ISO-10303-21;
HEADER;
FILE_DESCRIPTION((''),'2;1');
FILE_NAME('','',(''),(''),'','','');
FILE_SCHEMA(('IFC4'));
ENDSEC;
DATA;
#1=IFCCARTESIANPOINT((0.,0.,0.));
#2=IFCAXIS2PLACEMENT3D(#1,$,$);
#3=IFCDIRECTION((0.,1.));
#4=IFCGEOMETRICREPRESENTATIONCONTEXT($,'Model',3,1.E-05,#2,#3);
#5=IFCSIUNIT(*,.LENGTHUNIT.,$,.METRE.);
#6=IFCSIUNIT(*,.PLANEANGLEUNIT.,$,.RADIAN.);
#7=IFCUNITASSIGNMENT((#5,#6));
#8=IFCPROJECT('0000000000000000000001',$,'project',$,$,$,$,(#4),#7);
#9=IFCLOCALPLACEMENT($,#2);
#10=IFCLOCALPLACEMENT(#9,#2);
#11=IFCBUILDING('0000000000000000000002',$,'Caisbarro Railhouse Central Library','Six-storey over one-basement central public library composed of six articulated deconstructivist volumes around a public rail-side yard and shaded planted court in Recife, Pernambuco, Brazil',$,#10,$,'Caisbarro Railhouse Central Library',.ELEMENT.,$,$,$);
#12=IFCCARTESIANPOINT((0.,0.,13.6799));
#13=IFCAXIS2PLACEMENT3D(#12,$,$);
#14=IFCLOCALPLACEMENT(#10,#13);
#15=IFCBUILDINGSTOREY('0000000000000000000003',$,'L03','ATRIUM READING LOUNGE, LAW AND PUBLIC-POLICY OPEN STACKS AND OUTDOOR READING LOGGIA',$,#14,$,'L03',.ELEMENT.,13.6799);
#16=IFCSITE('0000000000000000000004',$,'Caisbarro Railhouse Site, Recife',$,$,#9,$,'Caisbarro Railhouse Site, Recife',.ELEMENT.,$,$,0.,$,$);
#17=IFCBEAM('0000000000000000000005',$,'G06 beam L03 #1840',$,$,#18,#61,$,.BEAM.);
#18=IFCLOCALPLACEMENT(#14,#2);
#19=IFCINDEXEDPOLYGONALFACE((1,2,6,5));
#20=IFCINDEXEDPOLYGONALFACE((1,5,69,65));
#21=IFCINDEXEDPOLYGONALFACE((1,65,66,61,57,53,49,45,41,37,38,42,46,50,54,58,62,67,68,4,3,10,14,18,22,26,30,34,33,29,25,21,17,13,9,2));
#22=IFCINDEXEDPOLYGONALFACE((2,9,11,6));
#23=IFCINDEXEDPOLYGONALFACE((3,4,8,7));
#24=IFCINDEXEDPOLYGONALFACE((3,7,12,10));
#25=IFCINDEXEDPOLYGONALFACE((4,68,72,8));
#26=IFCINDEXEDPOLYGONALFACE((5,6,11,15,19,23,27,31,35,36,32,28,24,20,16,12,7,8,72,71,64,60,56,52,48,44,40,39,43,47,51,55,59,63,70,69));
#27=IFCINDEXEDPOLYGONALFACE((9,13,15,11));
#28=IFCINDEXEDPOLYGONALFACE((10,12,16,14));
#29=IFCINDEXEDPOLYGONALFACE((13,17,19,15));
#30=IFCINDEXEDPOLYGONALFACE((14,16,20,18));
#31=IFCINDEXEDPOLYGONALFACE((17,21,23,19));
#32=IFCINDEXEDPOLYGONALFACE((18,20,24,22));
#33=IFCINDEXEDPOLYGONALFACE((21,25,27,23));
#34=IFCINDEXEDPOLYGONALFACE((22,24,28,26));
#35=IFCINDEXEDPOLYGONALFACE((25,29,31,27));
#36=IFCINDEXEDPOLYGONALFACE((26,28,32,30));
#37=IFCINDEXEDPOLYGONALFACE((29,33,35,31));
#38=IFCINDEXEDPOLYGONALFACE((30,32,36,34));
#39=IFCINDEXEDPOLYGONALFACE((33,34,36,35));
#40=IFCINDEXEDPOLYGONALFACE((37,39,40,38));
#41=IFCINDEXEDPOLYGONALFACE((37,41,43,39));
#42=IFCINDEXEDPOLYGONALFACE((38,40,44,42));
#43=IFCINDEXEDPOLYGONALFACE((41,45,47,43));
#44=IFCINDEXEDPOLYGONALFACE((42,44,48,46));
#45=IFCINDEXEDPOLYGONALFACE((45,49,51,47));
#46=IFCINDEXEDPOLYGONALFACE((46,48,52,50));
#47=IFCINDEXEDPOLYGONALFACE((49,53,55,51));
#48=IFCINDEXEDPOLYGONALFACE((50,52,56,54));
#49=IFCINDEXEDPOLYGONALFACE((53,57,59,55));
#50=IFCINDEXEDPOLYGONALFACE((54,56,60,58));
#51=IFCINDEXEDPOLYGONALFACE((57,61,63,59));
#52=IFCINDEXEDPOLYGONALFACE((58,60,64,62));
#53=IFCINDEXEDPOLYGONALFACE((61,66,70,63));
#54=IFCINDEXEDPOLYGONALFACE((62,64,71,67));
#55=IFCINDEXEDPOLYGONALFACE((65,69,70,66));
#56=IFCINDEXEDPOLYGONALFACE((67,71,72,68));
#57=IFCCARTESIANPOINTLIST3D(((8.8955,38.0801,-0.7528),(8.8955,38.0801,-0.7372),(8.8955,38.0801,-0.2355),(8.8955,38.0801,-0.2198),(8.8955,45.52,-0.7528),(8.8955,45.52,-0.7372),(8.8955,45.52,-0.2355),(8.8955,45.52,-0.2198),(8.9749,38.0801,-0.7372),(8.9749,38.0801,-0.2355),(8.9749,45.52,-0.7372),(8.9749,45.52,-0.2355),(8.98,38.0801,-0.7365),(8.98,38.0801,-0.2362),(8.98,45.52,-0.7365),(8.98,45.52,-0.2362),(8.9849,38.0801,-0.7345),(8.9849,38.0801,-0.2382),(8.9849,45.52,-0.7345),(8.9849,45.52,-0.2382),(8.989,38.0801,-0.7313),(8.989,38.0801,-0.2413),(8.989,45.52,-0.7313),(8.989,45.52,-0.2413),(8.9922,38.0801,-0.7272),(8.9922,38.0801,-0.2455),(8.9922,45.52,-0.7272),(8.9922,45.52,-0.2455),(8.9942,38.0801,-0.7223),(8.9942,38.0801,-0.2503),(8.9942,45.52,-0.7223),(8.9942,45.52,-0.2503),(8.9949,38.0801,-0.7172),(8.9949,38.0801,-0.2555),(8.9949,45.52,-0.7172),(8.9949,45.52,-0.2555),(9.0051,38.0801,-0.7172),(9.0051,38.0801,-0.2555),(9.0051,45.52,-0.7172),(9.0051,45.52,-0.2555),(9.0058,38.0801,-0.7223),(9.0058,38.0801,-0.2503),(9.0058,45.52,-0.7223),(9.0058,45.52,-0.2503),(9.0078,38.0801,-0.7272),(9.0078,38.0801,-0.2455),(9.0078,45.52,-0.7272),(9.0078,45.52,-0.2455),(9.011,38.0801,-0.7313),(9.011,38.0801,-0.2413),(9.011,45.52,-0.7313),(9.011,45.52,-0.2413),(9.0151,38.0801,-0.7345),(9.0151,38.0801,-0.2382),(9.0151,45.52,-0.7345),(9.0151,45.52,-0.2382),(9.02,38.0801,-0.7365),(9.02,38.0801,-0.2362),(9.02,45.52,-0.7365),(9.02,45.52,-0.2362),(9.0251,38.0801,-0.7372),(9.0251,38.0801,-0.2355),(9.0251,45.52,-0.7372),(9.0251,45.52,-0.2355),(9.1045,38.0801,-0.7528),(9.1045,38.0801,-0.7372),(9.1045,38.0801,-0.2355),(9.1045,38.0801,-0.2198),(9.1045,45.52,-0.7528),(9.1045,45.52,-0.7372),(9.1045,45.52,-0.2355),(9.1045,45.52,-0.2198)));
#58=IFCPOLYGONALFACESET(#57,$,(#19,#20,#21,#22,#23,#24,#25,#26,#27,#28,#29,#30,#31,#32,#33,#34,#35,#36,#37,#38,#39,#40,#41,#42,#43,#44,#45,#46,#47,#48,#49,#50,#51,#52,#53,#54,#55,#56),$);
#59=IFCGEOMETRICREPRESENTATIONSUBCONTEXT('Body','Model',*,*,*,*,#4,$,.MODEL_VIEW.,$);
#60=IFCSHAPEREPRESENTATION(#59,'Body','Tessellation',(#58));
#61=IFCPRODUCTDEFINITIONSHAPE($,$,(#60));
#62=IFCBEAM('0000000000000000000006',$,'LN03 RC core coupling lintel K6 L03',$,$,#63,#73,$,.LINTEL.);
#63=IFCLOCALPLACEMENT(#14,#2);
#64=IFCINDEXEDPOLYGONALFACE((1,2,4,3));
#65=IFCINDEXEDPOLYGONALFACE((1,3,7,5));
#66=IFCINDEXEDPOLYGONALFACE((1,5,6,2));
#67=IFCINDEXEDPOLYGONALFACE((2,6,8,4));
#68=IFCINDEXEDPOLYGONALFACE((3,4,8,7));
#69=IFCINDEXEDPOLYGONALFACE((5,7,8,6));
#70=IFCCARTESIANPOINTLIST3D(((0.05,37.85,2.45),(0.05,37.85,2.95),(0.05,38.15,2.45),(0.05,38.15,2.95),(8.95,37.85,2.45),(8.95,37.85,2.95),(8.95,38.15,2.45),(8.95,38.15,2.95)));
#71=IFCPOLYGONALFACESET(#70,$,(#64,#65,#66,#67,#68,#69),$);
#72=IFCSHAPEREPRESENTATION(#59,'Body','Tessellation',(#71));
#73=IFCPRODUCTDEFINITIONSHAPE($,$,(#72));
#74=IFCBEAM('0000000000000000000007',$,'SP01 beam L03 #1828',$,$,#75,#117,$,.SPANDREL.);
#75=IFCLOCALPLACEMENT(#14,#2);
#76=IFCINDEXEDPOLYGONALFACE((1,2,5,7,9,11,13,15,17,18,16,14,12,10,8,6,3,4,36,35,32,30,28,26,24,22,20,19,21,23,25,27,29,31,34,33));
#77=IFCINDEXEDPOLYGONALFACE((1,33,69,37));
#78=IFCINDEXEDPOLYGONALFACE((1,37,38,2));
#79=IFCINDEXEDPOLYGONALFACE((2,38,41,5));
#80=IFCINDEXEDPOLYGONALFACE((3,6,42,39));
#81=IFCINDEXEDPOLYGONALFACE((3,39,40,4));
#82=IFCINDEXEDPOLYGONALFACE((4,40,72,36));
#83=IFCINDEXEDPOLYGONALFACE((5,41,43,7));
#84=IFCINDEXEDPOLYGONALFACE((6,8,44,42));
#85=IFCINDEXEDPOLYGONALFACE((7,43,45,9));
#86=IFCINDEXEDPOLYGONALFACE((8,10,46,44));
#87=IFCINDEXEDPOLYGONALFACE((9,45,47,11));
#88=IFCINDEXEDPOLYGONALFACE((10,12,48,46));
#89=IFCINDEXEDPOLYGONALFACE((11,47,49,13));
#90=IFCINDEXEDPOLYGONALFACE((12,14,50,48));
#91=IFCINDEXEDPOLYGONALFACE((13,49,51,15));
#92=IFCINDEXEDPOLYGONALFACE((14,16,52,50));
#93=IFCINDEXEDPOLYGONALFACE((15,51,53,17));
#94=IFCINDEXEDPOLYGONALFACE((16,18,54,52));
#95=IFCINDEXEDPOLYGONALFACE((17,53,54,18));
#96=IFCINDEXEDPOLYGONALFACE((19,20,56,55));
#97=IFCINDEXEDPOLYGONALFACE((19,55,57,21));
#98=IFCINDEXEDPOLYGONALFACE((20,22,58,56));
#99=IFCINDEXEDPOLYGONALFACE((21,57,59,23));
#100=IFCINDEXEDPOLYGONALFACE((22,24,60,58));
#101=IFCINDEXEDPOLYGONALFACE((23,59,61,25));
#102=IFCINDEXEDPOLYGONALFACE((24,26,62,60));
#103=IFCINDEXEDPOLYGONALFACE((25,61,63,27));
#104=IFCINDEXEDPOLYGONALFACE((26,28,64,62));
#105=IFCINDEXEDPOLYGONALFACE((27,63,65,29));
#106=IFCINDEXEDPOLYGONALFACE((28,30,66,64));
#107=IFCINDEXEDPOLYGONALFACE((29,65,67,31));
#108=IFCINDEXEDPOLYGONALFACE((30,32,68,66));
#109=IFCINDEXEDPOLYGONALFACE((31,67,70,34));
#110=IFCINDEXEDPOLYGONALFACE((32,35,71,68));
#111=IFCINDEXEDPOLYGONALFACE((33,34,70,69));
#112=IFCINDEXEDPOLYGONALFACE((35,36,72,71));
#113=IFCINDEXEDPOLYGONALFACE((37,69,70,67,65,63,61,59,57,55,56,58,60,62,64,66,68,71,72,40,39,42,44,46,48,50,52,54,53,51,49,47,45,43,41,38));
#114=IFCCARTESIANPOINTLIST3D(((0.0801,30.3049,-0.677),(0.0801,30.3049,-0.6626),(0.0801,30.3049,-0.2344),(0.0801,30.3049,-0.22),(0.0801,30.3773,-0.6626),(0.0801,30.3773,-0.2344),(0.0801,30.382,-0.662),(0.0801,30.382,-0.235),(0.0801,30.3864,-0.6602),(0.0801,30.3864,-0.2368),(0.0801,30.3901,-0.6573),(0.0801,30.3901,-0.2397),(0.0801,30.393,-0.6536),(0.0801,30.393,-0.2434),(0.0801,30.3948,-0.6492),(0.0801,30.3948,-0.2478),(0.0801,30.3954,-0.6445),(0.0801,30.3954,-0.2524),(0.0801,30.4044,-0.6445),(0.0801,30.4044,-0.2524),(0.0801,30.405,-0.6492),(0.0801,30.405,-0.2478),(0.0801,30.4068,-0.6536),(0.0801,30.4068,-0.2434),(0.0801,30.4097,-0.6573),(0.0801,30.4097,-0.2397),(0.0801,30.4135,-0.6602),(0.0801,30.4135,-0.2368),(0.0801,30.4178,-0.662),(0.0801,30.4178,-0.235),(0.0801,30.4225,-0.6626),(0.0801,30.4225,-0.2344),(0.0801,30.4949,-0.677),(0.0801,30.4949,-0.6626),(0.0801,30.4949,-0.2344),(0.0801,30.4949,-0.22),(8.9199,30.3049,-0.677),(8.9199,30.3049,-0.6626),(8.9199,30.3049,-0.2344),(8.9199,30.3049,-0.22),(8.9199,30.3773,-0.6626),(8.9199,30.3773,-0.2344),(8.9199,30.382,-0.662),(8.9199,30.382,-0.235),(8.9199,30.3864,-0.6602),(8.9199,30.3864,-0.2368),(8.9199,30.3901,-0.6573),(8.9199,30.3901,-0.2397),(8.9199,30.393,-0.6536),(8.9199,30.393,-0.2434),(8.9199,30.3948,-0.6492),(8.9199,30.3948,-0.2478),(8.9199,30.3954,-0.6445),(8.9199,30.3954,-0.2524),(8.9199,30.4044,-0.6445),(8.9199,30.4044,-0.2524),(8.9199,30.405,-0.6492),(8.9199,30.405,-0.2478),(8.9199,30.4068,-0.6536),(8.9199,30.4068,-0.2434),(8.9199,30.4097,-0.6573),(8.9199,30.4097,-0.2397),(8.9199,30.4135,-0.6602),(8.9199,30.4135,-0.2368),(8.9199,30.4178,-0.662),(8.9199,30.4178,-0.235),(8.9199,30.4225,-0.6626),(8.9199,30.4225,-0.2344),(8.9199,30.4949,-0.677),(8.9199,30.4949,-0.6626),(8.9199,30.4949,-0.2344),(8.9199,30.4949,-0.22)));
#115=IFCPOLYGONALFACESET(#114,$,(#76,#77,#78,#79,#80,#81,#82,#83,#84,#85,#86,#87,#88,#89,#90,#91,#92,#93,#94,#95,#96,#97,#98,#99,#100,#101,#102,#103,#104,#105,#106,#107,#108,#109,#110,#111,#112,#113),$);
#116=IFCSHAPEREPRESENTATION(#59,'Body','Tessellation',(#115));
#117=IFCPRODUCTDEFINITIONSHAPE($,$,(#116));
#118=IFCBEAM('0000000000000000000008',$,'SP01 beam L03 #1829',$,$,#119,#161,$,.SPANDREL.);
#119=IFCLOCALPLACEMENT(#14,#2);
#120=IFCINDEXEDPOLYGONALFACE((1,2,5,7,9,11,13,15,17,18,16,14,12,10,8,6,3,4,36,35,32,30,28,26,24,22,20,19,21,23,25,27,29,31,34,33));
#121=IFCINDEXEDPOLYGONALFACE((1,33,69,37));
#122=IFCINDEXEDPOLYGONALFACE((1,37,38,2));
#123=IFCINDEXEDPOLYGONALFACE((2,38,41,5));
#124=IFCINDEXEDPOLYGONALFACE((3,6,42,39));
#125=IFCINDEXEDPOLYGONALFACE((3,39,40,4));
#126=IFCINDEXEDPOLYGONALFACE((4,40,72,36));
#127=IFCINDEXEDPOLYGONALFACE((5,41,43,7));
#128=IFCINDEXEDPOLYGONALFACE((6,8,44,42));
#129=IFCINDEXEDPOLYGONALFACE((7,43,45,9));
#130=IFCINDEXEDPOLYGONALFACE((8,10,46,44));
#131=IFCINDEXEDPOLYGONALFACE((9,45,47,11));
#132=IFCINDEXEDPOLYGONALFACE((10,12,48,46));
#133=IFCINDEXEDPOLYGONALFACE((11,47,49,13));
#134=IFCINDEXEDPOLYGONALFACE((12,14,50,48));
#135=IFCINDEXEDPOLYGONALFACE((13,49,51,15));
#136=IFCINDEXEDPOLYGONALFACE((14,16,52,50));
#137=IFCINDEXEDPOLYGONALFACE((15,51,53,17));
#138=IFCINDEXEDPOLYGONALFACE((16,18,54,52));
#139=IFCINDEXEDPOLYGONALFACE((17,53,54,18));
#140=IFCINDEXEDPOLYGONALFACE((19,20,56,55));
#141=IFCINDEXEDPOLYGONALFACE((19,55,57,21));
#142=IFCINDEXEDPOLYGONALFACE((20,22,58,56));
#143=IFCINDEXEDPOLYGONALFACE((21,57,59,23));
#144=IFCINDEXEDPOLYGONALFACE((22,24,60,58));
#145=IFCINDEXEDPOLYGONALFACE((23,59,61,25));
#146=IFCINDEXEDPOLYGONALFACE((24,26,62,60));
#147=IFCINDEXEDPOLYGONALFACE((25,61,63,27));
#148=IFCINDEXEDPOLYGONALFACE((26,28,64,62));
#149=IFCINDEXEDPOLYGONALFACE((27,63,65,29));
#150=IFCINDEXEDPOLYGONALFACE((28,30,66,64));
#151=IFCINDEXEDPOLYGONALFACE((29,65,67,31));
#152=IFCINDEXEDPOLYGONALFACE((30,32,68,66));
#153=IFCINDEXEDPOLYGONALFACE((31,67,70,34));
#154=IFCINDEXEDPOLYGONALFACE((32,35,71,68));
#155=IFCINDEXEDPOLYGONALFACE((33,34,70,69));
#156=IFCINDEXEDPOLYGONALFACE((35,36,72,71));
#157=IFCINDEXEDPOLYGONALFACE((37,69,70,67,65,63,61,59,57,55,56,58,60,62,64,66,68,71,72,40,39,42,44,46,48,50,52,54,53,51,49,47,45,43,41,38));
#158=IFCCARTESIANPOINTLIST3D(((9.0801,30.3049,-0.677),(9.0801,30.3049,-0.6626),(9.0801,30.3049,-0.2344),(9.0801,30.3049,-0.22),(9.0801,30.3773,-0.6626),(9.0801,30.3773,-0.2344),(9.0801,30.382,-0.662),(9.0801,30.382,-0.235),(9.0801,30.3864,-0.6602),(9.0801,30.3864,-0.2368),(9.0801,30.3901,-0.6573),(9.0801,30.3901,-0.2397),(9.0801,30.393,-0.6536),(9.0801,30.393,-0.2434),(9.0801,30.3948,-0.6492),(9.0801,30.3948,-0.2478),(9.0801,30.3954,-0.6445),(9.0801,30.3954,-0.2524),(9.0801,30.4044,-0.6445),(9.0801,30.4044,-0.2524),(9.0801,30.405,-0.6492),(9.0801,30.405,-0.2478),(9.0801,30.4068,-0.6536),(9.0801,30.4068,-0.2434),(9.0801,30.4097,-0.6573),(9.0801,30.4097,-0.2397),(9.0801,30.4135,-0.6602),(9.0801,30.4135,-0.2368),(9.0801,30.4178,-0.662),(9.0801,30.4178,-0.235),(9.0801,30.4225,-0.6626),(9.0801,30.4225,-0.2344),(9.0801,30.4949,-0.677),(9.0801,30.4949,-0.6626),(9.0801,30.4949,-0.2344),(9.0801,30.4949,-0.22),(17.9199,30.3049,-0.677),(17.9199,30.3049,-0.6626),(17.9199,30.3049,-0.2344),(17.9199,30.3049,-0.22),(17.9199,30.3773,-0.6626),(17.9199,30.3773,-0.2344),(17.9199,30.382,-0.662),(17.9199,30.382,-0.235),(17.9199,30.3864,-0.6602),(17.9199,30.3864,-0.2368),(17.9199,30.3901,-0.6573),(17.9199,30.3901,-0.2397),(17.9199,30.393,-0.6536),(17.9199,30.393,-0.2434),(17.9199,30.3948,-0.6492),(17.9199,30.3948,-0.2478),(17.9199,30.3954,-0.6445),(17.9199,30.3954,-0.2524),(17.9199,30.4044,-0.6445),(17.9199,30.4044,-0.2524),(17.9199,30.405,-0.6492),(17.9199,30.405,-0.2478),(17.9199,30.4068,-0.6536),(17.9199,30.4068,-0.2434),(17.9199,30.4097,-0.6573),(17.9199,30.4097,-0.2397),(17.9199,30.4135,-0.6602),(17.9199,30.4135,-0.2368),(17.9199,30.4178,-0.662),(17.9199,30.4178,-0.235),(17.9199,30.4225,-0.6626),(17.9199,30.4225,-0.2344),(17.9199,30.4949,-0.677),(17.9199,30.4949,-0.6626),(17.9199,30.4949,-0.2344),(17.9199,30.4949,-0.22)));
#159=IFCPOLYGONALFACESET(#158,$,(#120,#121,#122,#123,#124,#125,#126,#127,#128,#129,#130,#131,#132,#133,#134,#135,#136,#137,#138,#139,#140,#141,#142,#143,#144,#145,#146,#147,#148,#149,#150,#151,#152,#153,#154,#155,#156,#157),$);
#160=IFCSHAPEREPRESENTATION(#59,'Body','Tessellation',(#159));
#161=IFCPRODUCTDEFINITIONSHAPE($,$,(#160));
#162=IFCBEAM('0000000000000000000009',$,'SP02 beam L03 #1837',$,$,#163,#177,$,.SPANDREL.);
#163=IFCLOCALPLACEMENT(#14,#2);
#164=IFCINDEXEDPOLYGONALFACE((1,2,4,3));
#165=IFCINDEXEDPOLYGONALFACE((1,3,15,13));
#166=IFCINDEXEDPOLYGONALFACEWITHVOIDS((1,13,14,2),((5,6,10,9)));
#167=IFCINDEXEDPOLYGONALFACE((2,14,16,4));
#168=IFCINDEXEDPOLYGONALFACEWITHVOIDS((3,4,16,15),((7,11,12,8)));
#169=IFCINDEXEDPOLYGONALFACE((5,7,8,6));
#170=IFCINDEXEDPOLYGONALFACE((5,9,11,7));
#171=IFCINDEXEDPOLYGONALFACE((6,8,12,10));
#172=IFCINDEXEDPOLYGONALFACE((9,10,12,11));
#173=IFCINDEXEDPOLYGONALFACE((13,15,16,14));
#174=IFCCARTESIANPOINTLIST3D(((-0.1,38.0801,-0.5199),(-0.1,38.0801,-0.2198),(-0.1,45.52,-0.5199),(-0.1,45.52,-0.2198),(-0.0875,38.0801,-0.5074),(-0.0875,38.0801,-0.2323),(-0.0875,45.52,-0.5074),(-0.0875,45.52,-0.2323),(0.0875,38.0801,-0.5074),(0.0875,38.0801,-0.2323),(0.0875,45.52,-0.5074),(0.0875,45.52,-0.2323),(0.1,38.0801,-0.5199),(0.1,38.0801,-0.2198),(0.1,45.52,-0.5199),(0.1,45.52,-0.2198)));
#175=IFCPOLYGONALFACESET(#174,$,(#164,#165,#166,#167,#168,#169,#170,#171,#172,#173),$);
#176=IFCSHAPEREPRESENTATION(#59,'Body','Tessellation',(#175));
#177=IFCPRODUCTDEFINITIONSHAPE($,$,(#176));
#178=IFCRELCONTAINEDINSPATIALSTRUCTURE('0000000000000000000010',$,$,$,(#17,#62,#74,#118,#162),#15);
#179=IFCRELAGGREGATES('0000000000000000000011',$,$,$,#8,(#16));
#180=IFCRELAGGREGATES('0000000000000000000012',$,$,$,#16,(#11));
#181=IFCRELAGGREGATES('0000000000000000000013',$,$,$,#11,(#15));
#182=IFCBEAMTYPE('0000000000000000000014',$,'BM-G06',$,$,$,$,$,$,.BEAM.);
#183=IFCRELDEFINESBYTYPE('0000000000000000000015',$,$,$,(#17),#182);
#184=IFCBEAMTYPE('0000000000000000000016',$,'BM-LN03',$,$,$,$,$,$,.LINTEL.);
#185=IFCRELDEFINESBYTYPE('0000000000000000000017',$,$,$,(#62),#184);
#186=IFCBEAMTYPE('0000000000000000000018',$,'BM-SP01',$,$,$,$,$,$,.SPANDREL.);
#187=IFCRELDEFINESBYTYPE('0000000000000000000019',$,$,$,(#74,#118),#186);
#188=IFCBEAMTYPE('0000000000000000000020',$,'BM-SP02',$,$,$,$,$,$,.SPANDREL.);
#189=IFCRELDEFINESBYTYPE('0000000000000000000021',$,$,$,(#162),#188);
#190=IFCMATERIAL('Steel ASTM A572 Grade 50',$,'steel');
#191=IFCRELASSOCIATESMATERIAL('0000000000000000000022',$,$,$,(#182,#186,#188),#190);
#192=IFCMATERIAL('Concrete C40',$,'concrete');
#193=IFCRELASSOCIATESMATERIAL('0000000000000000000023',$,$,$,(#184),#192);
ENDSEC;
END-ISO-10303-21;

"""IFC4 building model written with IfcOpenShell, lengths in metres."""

from ifc_helpers import new_model, si_unit, direction, frame, origin, origin_2d, place, context, subcontext, project, spatial, rectangle, hollow_rectangle, i_section, extrude, material, material_profile, profile_set, type_object, element, save


model = new_model("IFC4")

# Units and contexts
model_context = context("Model", 3, precision=1e-05, world=origin(), true_north=direction((0.0, 1.0)))
body_context = subcontext(model_context, "Body", "Model", "MODEL_VIEW")
ifc_project = project(units=[si_unit("LENGTHUNIT", "METRE"), si_unit("PLANEANGLEUNIT", "RADIAN")], contexts=[model_context])

# Site, building, storey
site_placement = place(None, origin())
site = spatial("IfcSite", under=ifc_project, at=site_placement, Name="Caisbarro Railhouse Site, Recife", LongName="Caisbarro Railhouse Site, Recife", CompositionType="ELEMENT", RefElevation=0.0)
building_placement = place(site_placement, origin())
building = spatial("IfcBuilding", under=site, at=building_placement, Name="Caisbarro Railhouse Central Library", Description="Six-storey over one-basement central public library composed of six articulated deconstructivist volumes around a public rail-side yard and shaded planted court in Recife, Pernambuco, Brazil", LongName="Caisbarro Railhouse Central Library", CompositionType="ELEMENT")
storey_placement = place(building_placement, frame((0.0, 0.0, 13.6799)))
storey = spatial("IfcBuildingStorey", under=building, at=storey_placement, Name="L03", Description="ATRIUM READING LOUNGE, LAW AND PUBLIC-POLICY OPEN STACKS AND OUTDOOR READING LOGGIA", LongName="L03", CompositionType="ELEMENT", Elevation=13.6799)

# Shared definitions
ifc_material_1 = material(Name="Steel ASTM A572 Grade 50", Category="steel")

# Beams
ifc_material_profile_1 = material_profile(ifc_material_1, i_section(OverallWidth=0.209, OverallDepth=0.533, WebThickness=0.0103, FlangeThickness=0.0156, FilletRadius=0.02, at=origin_2d()), Name="W530X92.0")
ifc_profile_set_1 = profile_set([ifc_material_profile_1], Name="Steel ASTM A572 Grade 50")
beam_type_1 = type_object("IfcBeamType", Name="BM-G06", PredefinedType="BEAM", material=ifc_profile_set_1)
for number, where, z_axis, x_axis, name in (
    (1, (9.0, 38.0801, -0.4863), (0.0, 1.0, 0.0), (-1.0, 0.0, 0.0), "G06 beam L03 #1840"),
):
    element("IfcBeam", number, at=place(storey_placement, frame(where, z_axis=z_axis, x_axis=x_axis)), inside=storey, type_object=beam_type_1, Name=name, PredefinedType="BEAM", context=body_context, shape_type="SweptSolid", body=[
        extrude(i_section(OverallWidth=0.209, OverallDepth=0.533, WebThickness=0.0103, FlangeThickness=0.0156, FilletRadius=0.02, at=origin_2d()), origin(), (0.0, 0.0, 1.0), 7.4399),
    ])
ifc_material_2 = material(Name="Concrete C40", Category="concrete")
ifc_material_profile_2 = material_profile(ifc_material_2, rectangle(XDim=0.3, YDim=0.5, at=origin_2d()), Name="RC-LIN-300X500")
ifc_profile_set_2 = profile_set([ifc_material_profile_2], Name="Concrete C40")
beam_type_2 = type_object("IfcBeamType", Name="BM-LN03", PredefinedType="LINTEL", material=ifc_profile_set_2)
beam_1_placement = place(storey_placement, frame((0.05, 38.0, 2.7), z_axis=(1.0, 0.0, 0.0), x_axis=(0.0, 1.0, 0.0)))
element("IfcBeam", 2, at=beam_1_placement, inside=storey, type_object=beam_type_2, Name="LN03 RC core coupling lintel K6 L03", PredefinedType="LINTEL", context=body_context, shape_type="SweptSolid", body=[
    extrude(rectangle(XDim=0.3, YDim=0.5, at=origin_2d()), origin(), (0.0, 0.0, 1.0), 8.8999),
])
ifc_material_profile_3 = material_profile(ifc_material_1, i_section(OverallWidth=0.1899, OverallDepth=0.457, WebThickness=0.009, FlangeThickness=0.0144, FilletRadius=0.0181, at=origin_2d()), Name="W460X74.0")
ifc_profile_set_3 = profile_set([ifc_material_profile_3], Name="Steel ASTM A572 Grade 50")
beam_type_3 = type_object("IfcBeamType", Name="BM-SP01", PredefinedType="SPANDREL", material=ifc_profile_set_3)
for number, where, z_axis, x_axis, name in (
    (3, (0.0801, 30.3999, -0.4485), (1.0, 0.0, 0.0), (0.0, 1.0, 0.0), "SP01 beam L03 #1828"),
    (4, (9.0801, 30.3999, -0.4485), (1.0, 0.0, 0.0), (0.0, 1.0, 0.0), "SP01 beam L03 #1829"),
):
    element("IfcBeam", number, at=place(storey_placement, frame(where, z_axis=z_axis, x_axis=x_axis)), inside=storey, type_object=beam_type_3, Name=name, PredefinedType="SPANDREL", context=body_context, shape_type="SweptSolid", body=[
        extrude(i_section(OverallWidth=0.1899, OverallDepth=0.457, WebThickness=0.009, FlangeThickness=0.0144, FilletRadius=0.0181, at=origin_2d()), origin(), (0.0, 0.0, 1.0), 8.8398),
    ])
ifc_material_profile_4 = material_profile(ifc_material_1, hollow_rectangle(XDim=0.2, YDim=0.3, WallThickness=0.0125, at=origin_2d()), Name="HSS300X200X12.5")
ifc_profile_set_4 = profile_set([ifc_material_profile_4], Name="Steel ASTM A572 Grade 50")
beam_type_4 = type_object("IfcBeamType", Name="BM-SP02", PredefinedType="SPANDREL", material=ifc_profile_set_4)
beam_2_placement = place(storey_placement, frame((0.0, 38.0801, -0.3699), z_axis=(0.0, 1.0, 0.0), x_axis=(-1.0, 0.0, 0.0)))
element("IfcBeam", 5, at=beam_2_placement, inside=storey, type_object=beam_type_4, Name="SP02 beam L03 #1837", PredefinedType="SPANDREL", context=body_context, shape_type="SweptSolid", body=[
    extrude(hollow_rectangle(XDim=0.2, YDim=0.3, WallThickness=0.0125, at=origin_2d()), origin(), (0.0, 0.0, 1.0), 7.4399),
])

save(model, "model.ifc")
